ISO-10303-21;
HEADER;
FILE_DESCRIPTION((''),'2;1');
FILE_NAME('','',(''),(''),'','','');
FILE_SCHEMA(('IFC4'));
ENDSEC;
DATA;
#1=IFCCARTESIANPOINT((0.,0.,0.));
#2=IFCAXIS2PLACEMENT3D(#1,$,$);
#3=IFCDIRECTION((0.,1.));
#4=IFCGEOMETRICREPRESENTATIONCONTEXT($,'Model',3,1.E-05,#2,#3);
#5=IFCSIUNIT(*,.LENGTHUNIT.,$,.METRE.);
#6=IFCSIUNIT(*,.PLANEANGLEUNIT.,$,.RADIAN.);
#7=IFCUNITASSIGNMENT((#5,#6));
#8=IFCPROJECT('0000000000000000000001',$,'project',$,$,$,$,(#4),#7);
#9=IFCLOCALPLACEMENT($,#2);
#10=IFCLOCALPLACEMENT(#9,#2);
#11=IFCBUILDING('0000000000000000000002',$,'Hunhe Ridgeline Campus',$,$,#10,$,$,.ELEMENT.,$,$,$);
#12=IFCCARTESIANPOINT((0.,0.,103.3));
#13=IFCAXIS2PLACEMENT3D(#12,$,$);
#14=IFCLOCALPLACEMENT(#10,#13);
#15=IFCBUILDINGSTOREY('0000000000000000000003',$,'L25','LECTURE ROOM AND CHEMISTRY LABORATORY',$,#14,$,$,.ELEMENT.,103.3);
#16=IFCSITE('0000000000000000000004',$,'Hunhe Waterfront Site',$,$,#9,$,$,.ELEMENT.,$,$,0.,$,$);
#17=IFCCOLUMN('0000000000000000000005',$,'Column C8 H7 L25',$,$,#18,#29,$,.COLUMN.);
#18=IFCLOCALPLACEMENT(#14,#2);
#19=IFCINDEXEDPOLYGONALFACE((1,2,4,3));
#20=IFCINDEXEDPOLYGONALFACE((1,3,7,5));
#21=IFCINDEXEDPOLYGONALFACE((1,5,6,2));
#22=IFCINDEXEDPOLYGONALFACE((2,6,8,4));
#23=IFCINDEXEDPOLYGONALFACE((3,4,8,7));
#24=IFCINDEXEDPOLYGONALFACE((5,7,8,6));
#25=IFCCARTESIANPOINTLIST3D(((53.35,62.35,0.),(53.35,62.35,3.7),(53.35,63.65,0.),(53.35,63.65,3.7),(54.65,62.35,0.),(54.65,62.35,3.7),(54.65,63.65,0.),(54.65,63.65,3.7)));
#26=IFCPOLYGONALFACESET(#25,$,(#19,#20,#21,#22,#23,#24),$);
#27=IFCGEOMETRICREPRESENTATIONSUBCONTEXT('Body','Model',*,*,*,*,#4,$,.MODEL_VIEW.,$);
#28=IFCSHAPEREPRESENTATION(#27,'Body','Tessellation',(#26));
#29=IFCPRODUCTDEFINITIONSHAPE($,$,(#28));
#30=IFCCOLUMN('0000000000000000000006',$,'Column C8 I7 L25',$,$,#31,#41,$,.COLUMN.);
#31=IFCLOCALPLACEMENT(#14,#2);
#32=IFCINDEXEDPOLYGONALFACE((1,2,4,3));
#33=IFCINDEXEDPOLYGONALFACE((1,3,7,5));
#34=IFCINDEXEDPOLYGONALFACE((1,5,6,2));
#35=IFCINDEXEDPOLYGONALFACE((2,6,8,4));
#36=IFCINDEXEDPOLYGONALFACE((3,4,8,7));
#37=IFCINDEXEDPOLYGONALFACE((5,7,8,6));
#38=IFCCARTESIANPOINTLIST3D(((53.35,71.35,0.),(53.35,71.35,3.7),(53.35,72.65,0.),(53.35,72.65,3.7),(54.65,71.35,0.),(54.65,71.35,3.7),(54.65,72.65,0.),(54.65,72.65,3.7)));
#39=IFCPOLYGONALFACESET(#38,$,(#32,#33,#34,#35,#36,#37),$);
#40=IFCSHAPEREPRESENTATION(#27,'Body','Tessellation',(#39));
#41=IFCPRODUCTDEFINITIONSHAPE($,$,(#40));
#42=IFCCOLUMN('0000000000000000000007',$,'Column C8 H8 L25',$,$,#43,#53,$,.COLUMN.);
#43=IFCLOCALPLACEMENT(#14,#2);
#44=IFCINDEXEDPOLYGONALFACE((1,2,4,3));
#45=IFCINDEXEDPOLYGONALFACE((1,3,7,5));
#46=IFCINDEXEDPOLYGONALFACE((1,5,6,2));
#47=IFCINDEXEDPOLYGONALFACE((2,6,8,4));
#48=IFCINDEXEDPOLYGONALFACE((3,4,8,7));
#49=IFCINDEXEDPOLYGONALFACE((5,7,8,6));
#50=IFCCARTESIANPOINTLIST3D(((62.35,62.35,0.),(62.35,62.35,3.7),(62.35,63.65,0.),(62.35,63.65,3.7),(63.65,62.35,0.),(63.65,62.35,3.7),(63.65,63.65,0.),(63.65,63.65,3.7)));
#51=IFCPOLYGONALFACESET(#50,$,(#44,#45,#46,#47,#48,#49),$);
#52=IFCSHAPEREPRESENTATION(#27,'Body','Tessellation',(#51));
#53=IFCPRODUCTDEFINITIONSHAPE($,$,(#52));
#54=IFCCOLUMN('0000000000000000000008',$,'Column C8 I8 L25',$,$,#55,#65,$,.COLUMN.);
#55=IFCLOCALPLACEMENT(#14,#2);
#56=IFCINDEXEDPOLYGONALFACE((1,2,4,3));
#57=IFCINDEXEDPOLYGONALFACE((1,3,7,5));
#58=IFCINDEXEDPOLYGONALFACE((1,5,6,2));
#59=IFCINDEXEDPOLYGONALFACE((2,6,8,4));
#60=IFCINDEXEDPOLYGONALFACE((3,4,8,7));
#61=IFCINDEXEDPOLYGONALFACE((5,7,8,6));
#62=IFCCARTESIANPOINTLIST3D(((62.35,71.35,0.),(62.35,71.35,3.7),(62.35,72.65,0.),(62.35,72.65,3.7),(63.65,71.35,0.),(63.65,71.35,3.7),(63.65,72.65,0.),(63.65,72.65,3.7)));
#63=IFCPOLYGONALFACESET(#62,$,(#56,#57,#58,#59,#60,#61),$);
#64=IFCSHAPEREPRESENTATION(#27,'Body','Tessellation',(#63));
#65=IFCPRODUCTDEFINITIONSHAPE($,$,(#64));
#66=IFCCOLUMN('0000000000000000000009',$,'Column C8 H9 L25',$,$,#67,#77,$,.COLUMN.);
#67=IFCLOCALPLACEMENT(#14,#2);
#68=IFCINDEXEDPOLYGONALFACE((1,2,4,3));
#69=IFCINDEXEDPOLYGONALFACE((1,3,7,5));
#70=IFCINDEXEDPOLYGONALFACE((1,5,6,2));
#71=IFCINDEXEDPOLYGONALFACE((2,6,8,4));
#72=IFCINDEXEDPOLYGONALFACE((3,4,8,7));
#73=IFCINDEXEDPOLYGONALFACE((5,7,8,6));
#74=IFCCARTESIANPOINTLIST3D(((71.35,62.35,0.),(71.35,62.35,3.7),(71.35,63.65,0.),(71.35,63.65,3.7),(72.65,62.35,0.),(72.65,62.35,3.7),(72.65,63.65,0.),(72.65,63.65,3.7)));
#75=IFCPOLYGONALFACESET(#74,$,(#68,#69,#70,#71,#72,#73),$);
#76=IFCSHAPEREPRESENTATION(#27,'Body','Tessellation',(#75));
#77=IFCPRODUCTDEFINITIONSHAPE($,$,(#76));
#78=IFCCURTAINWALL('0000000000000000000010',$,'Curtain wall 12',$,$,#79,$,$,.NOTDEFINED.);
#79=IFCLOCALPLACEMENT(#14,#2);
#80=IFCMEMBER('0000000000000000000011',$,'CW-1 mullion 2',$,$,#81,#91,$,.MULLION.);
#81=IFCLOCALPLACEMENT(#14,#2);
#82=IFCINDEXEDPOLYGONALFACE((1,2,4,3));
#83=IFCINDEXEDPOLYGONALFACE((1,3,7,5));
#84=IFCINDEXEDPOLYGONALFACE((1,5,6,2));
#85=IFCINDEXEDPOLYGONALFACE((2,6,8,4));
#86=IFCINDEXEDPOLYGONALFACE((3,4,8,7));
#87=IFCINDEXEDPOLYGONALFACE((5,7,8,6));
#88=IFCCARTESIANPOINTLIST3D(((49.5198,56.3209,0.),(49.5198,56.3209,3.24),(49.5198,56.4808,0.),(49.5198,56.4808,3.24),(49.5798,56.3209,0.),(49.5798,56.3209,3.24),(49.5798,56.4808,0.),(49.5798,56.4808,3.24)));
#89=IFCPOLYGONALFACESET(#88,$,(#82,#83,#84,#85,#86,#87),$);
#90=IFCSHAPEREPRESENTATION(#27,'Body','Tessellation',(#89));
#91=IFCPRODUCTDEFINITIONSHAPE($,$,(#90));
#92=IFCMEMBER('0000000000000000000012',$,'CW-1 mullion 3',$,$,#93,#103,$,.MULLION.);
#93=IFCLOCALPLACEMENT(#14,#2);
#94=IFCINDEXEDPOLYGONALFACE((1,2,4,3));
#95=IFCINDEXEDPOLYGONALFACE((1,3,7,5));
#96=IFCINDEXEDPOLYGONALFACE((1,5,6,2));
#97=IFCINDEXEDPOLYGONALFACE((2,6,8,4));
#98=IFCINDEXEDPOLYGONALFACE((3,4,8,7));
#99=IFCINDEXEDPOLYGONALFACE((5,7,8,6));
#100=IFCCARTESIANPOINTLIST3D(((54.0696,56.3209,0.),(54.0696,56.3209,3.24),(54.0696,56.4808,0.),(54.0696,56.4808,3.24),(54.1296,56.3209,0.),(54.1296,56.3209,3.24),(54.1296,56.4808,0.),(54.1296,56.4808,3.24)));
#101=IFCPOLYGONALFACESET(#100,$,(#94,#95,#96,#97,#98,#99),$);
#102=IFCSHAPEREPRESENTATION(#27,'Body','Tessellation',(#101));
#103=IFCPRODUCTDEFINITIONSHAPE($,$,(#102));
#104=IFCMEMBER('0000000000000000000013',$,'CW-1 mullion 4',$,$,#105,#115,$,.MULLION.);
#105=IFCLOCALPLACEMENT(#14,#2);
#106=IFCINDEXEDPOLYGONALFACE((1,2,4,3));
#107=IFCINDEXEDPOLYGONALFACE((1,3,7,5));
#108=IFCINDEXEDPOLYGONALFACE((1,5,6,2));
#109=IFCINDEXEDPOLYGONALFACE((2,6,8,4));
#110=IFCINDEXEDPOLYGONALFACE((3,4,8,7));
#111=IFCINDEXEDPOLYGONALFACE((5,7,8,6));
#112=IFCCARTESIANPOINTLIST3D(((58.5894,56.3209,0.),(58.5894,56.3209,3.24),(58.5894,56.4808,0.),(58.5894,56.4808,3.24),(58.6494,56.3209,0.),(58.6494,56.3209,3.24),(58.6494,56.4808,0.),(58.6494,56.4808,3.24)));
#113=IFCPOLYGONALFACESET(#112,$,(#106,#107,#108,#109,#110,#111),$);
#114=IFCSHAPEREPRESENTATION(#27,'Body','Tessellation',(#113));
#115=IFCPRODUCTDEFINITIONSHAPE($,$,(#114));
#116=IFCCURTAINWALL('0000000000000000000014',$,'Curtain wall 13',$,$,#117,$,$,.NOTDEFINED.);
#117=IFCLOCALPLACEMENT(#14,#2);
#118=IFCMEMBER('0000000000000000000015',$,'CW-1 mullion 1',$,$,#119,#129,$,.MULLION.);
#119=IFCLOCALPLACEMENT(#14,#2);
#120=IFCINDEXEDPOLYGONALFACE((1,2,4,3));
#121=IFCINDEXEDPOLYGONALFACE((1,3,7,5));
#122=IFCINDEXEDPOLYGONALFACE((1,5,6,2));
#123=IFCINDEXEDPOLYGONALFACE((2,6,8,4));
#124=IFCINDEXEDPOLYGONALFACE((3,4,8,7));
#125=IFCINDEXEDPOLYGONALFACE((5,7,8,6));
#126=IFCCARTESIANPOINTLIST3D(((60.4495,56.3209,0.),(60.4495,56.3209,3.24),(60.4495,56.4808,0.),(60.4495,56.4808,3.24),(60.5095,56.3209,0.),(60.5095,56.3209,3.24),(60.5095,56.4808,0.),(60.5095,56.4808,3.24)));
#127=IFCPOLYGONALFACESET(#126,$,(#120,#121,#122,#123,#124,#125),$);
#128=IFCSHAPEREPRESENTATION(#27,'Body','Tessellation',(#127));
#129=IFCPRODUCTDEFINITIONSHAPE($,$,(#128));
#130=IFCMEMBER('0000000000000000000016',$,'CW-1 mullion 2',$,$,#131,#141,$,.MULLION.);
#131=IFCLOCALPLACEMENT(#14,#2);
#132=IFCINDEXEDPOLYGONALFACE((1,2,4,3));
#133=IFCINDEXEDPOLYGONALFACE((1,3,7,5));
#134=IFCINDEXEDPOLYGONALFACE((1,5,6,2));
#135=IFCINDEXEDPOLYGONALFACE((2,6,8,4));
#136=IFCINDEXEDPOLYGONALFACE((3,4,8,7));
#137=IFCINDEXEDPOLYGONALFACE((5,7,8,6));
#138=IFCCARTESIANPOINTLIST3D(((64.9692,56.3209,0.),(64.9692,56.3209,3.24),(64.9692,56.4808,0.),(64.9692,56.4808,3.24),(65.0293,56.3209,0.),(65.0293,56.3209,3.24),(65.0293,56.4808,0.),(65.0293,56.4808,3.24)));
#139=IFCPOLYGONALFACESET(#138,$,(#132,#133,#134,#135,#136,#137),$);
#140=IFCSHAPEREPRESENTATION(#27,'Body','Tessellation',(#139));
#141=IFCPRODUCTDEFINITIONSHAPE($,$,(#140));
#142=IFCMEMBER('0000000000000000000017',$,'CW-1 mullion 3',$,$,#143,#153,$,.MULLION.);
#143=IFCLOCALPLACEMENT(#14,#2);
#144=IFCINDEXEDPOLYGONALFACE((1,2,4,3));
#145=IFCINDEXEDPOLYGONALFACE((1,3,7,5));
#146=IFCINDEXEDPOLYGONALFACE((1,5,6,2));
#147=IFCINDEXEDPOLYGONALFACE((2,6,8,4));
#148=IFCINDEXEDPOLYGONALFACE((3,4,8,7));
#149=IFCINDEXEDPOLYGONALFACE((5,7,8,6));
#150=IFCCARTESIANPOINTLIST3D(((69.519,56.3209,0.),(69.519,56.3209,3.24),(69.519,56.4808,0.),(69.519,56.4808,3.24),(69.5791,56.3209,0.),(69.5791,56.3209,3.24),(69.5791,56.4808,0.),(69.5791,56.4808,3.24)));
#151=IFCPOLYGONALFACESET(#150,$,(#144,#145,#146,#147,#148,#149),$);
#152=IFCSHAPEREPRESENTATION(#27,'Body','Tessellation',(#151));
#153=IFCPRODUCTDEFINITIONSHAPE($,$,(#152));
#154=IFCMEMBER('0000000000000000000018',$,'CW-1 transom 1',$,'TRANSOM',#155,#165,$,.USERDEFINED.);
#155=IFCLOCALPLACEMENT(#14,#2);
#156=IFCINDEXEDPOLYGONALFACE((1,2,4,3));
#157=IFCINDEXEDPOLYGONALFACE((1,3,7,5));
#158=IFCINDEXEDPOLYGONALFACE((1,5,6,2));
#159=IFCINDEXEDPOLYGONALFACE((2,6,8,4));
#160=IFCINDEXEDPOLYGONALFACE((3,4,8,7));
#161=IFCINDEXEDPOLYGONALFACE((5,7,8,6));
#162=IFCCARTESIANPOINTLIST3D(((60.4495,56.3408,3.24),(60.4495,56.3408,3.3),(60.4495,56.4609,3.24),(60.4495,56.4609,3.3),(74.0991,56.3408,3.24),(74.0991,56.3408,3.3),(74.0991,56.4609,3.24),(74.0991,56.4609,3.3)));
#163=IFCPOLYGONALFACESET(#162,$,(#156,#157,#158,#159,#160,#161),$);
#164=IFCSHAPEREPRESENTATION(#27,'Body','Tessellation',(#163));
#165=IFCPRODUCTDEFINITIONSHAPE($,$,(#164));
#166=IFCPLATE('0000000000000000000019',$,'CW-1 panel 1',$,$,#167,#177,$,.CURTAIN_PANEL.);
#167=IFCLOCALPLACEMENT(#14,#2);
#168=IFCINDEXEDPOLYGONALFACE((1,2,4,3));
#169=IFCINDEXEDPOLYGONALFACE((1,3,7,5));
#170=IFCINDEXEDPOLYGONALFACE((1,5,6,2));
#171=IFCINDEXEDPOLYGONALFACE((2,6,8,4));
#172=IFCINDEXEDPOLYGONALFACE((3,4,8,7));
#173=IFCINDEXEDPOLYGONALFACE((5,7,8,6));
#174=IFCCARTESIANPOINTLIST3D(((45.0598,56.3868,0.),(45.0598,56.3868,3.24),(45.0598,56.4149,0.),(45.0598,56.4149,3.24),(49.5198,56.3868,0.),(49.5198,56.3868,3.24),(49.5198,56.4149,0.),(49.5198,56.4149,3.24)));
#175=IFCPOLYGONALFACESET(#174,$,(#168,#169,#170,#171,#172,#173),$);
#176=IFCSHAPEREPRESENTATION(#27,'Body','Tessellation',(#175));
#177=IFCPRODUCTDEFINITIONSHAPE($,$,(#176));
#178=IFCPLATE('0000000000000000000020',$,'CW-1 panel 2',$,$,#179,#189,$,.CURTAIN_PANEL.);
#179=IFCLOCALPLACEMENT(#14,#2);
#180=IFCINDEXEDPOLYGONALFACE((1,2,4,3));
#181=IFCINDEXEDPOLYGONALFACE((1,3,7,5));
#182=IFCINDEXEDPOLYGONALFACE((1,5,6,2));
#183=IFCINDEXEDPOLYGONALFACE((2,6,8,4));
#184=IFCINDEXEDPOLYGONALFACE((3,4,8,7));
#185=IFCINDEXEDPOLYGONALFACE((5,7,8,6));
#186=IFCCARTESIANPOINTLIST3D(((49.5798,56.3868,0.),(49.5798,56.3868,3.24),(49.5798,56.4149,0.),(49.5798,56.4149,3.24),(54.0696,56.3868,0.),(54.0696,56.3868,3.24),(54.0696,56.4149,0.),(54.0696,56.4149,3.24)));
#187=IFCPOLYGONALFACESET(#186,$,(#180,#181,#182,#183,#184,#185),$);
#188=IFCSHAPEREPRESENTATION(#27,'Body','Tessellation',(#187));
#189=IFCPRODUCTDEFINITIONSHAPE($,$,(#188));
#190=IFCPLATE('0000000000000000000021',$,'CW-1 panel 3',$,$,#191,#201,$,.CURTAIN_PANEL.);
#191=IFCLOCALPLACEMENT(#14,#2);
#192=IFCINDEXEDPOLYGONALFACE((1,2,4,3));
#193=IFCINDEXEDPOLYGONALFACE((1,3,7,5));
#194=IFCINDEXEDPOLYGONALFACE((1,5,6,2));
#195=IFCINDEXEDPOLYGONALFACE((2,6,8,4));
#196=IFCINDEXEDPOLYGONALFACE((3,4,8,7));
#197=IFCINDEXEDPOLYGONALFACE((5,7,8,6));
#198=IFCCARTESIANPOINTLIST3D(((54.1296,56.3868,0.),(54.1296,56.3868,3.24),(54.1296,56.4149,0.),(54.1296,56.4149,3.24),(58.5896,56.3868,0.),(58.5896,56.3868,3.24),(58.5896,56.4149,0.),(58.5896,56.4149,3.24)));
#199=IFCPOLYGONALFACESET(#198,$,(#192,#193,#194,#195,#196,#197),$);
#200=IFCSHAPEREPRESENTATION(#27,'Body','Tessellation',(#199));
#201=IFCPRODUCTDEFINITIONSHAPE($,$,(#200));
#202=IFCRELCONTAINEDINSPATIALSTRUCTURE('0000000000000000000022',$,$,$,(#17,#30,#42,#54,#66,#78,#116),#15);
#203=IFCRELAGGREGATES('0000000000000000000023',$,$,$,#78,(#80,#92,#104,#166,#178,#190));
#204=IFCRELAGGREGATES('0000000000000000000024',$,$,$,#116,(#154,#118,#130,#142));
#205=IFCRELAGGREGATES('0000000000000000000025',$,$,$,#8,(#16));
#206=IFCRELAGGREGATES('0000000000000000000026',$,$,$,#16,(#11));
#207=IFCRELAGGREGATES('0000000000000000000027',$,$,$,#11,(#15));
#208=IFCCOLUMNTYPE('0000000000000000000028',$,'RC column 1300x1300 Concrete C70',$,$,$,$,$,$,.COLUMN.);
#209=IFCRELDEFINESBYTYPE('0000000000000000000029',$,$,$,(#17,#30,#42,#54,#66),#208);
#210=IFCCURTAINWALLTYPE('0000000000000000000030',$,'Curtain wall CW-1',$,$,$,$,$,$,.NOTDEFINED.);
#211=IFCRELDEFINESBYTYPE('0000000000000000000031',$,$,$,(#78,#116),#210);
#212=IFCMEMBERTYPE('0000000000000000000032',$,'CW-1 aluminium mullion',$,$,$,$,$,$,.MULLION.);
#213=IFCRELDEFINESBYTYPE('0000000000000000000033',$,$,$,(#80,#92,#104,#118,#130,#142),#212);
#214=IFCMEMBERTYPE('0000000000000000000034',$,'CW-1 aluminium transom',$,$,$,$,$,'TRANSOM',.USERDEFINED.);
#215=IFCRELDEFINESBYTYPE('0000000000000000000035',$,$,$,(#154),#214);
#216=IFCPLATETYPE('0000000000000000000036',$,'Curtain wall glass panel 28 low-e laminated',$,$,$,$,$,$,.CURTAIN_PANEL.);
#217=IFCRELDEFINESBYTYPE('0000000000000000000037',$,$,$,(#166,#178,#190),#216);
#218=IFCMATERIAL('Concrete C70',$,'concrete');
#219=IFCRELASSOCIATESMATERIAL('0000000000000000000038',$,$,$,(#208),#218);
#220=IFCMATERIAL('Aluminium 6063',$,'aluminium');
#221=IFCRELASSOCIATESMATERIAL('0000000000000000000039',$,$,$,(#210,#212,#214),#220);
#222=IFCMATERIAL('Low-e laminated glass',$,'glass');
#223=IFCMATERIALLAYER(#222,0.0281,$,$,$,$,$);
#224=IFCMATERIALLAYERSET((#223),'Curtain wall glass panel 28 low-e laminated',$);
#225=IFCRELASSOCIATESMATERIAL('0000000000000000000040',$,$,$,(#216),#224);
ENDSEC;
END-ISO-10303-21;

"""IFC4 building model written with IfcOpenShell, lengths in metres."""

from ifc_helpers import new_model, si_unit, direction, frame, origin, origin_2d, place, context, subcontext, project, spatial, rectangle, extrude, material, layer, layer_set, material_profile, profile_set, type_object, element, aggregate, save


model = new_model("IFC4")

# Units and contexts
model_context = context("Model", 3, precision=1e-05, world=origin(), true_north=direction((0.0, 1.0)))
body_context = subcontext(model_context, "Body", "Model", "MODEL_VIEW")
ifc_project = project(units=[si_unit("LENGTHUNIT", "METRE"), si_unit("PLANEANGLEUNIT", "RADIAN")], contexts=[model_context])

# Site, building, storey
site_placement = place(None, origin())
site = spatial("IfcSite", under=ifc_project, at=site_placement, Name="Hunhe Waterfront Site", CompositionType="ELEMENT", RefElevation=0.0)
building_placement = place(site_placement, origin())
building = spatial("IfcBuilding", under=site, at=building_placement, Name="Hunhe Ridgeline Campus", CompositionType="ELEMENT")
storey_placement = place(building_placement, frame((0.0, 0.0, 103.3)))
storey = spatial("IfcBuildingStorey", under=building, at=storey_placement, Name="L25", Description="LECTURE ROOM AND CHEMISTRY LABORATORY", CompositionType="ELEMENT", Elevation=103.3)

# Columns
ifc_material_1 = material(Name="Concrete C70", Category="concrete")
ifc_material_profile_1 = material_profile(ifc_material_1, rectangle(XDim=1.3, YDim=1.3, at=origin_2d()))
ifc_profile_set_1 = profile_set([ifc_material_profile_1], Name="Concrete C70")
column_type = type_object("IfcColumnType", Name="RC column 1300x1300 Concrete C70", PredefinedType="COLUMN", material=ifc_profile_set_1)
for number, where, z_axis, x_axis, name in (
    (1, (54.0, 63.0, 0.0), (0.0, 0.0, 1.0), (1.0, 0.0, 0.0), "Column C8 H7 L25"),
    (2, (54.0, 72.0, 0.0), (0.0, 0.0, 1.0), (1.0, 0.0, 0.0), "Column C8 I7 L25"),
    (3, (63.0, 63.0, 0.0), (0.0, 0.0, 1.0), (1.0, 0.0, 0.0), "Column C8 H8 L25"),
    (4, (63.0, 72.0, 0.0), (0.0, 0.0, 1.0), (1.0, 0.0, 0.0), "Column C8 I8 L25"),
    (5, (72.0, 63.0, 0.0), (0.0, 0.0, 1.0), (1.0, 0.0, 0.0), "Column C8 H9 L25"),
):
    element("IfcColumn", number, at=place(storey_placement, frame(where, z_axis=z_axis, x_axis=x_axis)), inside=storey, type_object=column_type, Name=name, PredefinedType="COLUMN", context=body_context, shape_type="SweptSolid", body=[
        extrude(rectangle(XDim=1.3, YDim=1.3, at=origin_2d()), origin(), (0.0, 0.0, 1.0), 3.7),
    ])

# Curtain walls, members
ifc_material_2 = material(Name="Aluminium 6063", Category="aluminium")
curtain_wall_type = type_object("IfcCurtainWallType", Name="Curtain wall CW-1", PredefinedType="NOTDEFINED", material=ifc_material_2)
curtain_wall_1_placement = place(storey_placement, origin())
curtain_wall_1 = element("IfcCurtainWall", 6, at=curtain_wall_1_placement, inside=storey, type_object=curtain_wall_type, Name="Curtain wall 12", PredefinedType="NOTDEFINED")
ifc_material_profile_2 = material_profile(ifc_material_2, rectangle(XDim=0.1599, YDim=0.0601, at=origin_2d()))
ifc_profile_set_2 = profile_set([ifc_material_profile_2], Name="Aluminium 6063")
member_type_1 = type_object("IfcMemberType", Name="CW-1 aluminium mullion", PredefinedType="MULLION", material=ifc_profile_set_2)
member_1_placement = place(storey_placement, frame((49.5498, 56.4009, 0.0), z_axis=(0.0, 0.0, 1.0), x_axis=(0.0, 1.0, 0.0)))
member_1 = element("IfcMember", 7, at=member_1_placement, type_object=member_type_1, Name="CW-1 mullion 2", PredefinedType="MULLION", context=body_context, shape_type="SweptSolid", body=[
    extrude(rectangle(XDim=0.1599, YDim=0.0601, at=origin_2d()), origin(), (0.0, 0.0, 1.0), 3.24),
])
member_2_placement = place(storey_placement, frame((54.0996, 56.4009, 0.0), z_axis=(0.0, 0.0, 1.0), x_axis=(0.0, 1.0, 0.0)))
member_2 = element("IfcMember", 8, at=member_2_placement, type_object=member_type_1, Name="CW-1 mullion 3", PredefinedType="MULLION", context=body_context, shape_type="SweptSolid", body=[
    extrude(rectangle(XDim=0.1599, YDim=0.0601, at=origin_2d()), origin(), (0.0, 0.0, 1.0), 3.24),
])
member_3_placement = place(storey_placement, frame((58.6194, 56.4009, 0.0), z_axis=(0.0, 0.0, 1.0), x_axis=(0.0, 1.0, 0.0)))
member_3 = element("IfcMember", 9, at=member_3_placement, type_object=member_type_1, Name="CW-1 mullion 4", PredefinedType="MULLION", context=body_context, shape_type="SweptSolid", body=[
    extrude(rectangle(XDim=0.1599, YDim=0.0601, at=origin_2d()), origin(), (0.0, 0.0, 1.0), 3.24),
])
curtain_wall_2_placement = place(storey_placement, origin())
curtain_wall_2 = element("IfcCurtainWall", 10, at=curtain_wall_2_placement, inside=storey, type_object=curtain_wall_type, Name="Curtain wall 13", PredefinedType="NOTDEFINED")
member_4_placement = place(storey_placement, frame((60.4795, 56.4009, 0.0), z_axis=(0.0, 0.0, 1.0), x_axis=(0.0, 1.0, 0.0)))
member_4 = element("IfcMember", 11, at=member_4_placement, type_object=member_type_1, Name="CW-1 mullion 1", PredefinedType="MULLION", context=body_context, shape_type="SweptSolid", body=[
    extrude(rectangle(XDim=0.1599, YDim=0.0601, at=origin_2d()), origin(), (0.0, 0.0, 1.0), 3.24),
])
member_5_placement = place(storey_placement, frame((64.9993, 56.4009, 0.0), z_axis=(0.0, 0.0, 1.0), x_axis=(0.0, 1.0, 0.0)))
member_5 = element("IfcMember", 12, at=member_5_placement, type_object=member_type_1, Name="CW-1 mullion 2", PredefinedType="MULLION", context=body_context, shape_type="SweptSolid", body=[
    extrude(rectangle(XDim=0.1599, YDim=0.0601, at=origin_2d()), origin(), (0.0, 0.0, 1.0), 3.24),
])
member_6_placement = place(storey_placement, frame((69.5491, 56.4009, 0.0), z_axis=(0.0, 0.0, 1.0), x_axis=(0.0, 1.0, 0.0)))
member_6 = element("IfcMember", 13, at=member_6_placement, type_object=member_type_1, Name="CW-1 mullion 3", PredefinedType="MULLION", context=body_context, shape_type="SweptSolid", body=[
    extrude(rectangle(XDim=0.1599, YDim=0.0601, at=origin_2d()), origin(), (0.0, 0.0, 1.0), 3.24),
])
ifc_material_profile_3 = material_profile(ifc_material_2, rectangle(XDim=0.1201, YDim=0.0601, at=origin_2d()))
ifc_profile_set_3 = profile_set([ifc_material_profile_3], Name="Aluminium 6063")
member_type_2 = type_object("IfcMemberType", Name="CW-1 aluminium transom", ElementType="TRANSOM", PredefinedType="USERDEFINED", material=ifc_profile_set_3)
member_7_placement = place(storey_placement, frame((60.4495, 56.4009, 3.27), z_axis=(1.0, 0.0, 0.0), x_axis=(0.0, 1.0, 0.0)))
member_7 = element("IfcMember", 14, at=member_7_placement, type_object=member_type_2, Name="CW-1 transom 1", ObjectType="TRANSOM", PredefinedType="USERDEFINED", context=body_context, shape_type="SweptSolid", body=[
    extrude(rectangle(XDim=0.1201, YDim=0.0601, at=origin_2d()), origin(), (0.0, 0.0, 1.0), 13.6497),
])

# Plates
ifc_material_3 = material(Name="Low-e laminated glass", Category="glass")
ifc_layer_1 = layer(ifc_material_3, 0.0281)
ifc_layer_set_1 = layer_set([ifc_layer_1], Name="Curtain wall glass panel 28 low-e laminated")
plate_type = type_object("IfcPlateType", Name="Curtain wall glass panel 28 low-e laminated", PredefinedType="CURTAIN_PANEL", material=ifc_layer_set_1)
plate_1_placement = place(storey_placement, frame((47.2898, 56.4009, 0.0), z_axis=(0.0, 0.0, 1.0), x_axis=(1.0, 0.0, 0.0)))
plate_1 = element("IfcPlate", 15, at=plate_1_placement, type_object=plate_type, Name="CW-1 panel 1", PredefinedType="CURTAIN_PANEL", context=body_context, shape_type="SweptSolid", body=[
    extrude(rectangle(XDim=4.46, YDim=0.0281, at=origin_2d()), origin(), (0.0, 0.0, 1.0), 3.24),
])
plate_2_placement = place(storey_placement, frame((51.8247, 56.4009, 0.0), z_axis=(0.0, 0.0, 1.0), x_axis=(1.0, 0.0, 0.0)))
plate_2 = element("IfcPlate", 16, at=plate_2_placement, type_object=plate_type, Name="CW-1 panel 2", PredefinedType="CURTAIN_PANEL", context=body_context, shape_type="SweptSolid", body=[
    extrude(rectangle(XDim=4.4897, YDim=0.0281, at=origin_2d()), origin(), (0.0, 0.0, 1.0), 3.24),
])
plate_3_placement = place(storey_placement, frame((56.3596, 56.4009, 0.0), z_axis=(0.0, 0.0, 1.0), x_axis=(1.0, 0.0, 0.0)))
plate_3 = element("IfcPlate", 17, at=plate_3_placement, type_object=plate_type, Name="CW-1 panel 3", PredefinedType="CURTAIN_PANEL", context=body_context, shape_type="SweptSolid", body=[
    extrude(rectangle(XDim=4.46, YDim=0.0281, at=origin_2d()), origin(), (0.0, 0.0, 1.0), 3.24),
])
aggregate(curtain_wall_1, [member_1, member_2, member_3, plate_1, plate_2, plate_3])
aggregate(curtain_wall_2, [member_7, member_4, member_5, member_6])

save(model, "model.ifc")
